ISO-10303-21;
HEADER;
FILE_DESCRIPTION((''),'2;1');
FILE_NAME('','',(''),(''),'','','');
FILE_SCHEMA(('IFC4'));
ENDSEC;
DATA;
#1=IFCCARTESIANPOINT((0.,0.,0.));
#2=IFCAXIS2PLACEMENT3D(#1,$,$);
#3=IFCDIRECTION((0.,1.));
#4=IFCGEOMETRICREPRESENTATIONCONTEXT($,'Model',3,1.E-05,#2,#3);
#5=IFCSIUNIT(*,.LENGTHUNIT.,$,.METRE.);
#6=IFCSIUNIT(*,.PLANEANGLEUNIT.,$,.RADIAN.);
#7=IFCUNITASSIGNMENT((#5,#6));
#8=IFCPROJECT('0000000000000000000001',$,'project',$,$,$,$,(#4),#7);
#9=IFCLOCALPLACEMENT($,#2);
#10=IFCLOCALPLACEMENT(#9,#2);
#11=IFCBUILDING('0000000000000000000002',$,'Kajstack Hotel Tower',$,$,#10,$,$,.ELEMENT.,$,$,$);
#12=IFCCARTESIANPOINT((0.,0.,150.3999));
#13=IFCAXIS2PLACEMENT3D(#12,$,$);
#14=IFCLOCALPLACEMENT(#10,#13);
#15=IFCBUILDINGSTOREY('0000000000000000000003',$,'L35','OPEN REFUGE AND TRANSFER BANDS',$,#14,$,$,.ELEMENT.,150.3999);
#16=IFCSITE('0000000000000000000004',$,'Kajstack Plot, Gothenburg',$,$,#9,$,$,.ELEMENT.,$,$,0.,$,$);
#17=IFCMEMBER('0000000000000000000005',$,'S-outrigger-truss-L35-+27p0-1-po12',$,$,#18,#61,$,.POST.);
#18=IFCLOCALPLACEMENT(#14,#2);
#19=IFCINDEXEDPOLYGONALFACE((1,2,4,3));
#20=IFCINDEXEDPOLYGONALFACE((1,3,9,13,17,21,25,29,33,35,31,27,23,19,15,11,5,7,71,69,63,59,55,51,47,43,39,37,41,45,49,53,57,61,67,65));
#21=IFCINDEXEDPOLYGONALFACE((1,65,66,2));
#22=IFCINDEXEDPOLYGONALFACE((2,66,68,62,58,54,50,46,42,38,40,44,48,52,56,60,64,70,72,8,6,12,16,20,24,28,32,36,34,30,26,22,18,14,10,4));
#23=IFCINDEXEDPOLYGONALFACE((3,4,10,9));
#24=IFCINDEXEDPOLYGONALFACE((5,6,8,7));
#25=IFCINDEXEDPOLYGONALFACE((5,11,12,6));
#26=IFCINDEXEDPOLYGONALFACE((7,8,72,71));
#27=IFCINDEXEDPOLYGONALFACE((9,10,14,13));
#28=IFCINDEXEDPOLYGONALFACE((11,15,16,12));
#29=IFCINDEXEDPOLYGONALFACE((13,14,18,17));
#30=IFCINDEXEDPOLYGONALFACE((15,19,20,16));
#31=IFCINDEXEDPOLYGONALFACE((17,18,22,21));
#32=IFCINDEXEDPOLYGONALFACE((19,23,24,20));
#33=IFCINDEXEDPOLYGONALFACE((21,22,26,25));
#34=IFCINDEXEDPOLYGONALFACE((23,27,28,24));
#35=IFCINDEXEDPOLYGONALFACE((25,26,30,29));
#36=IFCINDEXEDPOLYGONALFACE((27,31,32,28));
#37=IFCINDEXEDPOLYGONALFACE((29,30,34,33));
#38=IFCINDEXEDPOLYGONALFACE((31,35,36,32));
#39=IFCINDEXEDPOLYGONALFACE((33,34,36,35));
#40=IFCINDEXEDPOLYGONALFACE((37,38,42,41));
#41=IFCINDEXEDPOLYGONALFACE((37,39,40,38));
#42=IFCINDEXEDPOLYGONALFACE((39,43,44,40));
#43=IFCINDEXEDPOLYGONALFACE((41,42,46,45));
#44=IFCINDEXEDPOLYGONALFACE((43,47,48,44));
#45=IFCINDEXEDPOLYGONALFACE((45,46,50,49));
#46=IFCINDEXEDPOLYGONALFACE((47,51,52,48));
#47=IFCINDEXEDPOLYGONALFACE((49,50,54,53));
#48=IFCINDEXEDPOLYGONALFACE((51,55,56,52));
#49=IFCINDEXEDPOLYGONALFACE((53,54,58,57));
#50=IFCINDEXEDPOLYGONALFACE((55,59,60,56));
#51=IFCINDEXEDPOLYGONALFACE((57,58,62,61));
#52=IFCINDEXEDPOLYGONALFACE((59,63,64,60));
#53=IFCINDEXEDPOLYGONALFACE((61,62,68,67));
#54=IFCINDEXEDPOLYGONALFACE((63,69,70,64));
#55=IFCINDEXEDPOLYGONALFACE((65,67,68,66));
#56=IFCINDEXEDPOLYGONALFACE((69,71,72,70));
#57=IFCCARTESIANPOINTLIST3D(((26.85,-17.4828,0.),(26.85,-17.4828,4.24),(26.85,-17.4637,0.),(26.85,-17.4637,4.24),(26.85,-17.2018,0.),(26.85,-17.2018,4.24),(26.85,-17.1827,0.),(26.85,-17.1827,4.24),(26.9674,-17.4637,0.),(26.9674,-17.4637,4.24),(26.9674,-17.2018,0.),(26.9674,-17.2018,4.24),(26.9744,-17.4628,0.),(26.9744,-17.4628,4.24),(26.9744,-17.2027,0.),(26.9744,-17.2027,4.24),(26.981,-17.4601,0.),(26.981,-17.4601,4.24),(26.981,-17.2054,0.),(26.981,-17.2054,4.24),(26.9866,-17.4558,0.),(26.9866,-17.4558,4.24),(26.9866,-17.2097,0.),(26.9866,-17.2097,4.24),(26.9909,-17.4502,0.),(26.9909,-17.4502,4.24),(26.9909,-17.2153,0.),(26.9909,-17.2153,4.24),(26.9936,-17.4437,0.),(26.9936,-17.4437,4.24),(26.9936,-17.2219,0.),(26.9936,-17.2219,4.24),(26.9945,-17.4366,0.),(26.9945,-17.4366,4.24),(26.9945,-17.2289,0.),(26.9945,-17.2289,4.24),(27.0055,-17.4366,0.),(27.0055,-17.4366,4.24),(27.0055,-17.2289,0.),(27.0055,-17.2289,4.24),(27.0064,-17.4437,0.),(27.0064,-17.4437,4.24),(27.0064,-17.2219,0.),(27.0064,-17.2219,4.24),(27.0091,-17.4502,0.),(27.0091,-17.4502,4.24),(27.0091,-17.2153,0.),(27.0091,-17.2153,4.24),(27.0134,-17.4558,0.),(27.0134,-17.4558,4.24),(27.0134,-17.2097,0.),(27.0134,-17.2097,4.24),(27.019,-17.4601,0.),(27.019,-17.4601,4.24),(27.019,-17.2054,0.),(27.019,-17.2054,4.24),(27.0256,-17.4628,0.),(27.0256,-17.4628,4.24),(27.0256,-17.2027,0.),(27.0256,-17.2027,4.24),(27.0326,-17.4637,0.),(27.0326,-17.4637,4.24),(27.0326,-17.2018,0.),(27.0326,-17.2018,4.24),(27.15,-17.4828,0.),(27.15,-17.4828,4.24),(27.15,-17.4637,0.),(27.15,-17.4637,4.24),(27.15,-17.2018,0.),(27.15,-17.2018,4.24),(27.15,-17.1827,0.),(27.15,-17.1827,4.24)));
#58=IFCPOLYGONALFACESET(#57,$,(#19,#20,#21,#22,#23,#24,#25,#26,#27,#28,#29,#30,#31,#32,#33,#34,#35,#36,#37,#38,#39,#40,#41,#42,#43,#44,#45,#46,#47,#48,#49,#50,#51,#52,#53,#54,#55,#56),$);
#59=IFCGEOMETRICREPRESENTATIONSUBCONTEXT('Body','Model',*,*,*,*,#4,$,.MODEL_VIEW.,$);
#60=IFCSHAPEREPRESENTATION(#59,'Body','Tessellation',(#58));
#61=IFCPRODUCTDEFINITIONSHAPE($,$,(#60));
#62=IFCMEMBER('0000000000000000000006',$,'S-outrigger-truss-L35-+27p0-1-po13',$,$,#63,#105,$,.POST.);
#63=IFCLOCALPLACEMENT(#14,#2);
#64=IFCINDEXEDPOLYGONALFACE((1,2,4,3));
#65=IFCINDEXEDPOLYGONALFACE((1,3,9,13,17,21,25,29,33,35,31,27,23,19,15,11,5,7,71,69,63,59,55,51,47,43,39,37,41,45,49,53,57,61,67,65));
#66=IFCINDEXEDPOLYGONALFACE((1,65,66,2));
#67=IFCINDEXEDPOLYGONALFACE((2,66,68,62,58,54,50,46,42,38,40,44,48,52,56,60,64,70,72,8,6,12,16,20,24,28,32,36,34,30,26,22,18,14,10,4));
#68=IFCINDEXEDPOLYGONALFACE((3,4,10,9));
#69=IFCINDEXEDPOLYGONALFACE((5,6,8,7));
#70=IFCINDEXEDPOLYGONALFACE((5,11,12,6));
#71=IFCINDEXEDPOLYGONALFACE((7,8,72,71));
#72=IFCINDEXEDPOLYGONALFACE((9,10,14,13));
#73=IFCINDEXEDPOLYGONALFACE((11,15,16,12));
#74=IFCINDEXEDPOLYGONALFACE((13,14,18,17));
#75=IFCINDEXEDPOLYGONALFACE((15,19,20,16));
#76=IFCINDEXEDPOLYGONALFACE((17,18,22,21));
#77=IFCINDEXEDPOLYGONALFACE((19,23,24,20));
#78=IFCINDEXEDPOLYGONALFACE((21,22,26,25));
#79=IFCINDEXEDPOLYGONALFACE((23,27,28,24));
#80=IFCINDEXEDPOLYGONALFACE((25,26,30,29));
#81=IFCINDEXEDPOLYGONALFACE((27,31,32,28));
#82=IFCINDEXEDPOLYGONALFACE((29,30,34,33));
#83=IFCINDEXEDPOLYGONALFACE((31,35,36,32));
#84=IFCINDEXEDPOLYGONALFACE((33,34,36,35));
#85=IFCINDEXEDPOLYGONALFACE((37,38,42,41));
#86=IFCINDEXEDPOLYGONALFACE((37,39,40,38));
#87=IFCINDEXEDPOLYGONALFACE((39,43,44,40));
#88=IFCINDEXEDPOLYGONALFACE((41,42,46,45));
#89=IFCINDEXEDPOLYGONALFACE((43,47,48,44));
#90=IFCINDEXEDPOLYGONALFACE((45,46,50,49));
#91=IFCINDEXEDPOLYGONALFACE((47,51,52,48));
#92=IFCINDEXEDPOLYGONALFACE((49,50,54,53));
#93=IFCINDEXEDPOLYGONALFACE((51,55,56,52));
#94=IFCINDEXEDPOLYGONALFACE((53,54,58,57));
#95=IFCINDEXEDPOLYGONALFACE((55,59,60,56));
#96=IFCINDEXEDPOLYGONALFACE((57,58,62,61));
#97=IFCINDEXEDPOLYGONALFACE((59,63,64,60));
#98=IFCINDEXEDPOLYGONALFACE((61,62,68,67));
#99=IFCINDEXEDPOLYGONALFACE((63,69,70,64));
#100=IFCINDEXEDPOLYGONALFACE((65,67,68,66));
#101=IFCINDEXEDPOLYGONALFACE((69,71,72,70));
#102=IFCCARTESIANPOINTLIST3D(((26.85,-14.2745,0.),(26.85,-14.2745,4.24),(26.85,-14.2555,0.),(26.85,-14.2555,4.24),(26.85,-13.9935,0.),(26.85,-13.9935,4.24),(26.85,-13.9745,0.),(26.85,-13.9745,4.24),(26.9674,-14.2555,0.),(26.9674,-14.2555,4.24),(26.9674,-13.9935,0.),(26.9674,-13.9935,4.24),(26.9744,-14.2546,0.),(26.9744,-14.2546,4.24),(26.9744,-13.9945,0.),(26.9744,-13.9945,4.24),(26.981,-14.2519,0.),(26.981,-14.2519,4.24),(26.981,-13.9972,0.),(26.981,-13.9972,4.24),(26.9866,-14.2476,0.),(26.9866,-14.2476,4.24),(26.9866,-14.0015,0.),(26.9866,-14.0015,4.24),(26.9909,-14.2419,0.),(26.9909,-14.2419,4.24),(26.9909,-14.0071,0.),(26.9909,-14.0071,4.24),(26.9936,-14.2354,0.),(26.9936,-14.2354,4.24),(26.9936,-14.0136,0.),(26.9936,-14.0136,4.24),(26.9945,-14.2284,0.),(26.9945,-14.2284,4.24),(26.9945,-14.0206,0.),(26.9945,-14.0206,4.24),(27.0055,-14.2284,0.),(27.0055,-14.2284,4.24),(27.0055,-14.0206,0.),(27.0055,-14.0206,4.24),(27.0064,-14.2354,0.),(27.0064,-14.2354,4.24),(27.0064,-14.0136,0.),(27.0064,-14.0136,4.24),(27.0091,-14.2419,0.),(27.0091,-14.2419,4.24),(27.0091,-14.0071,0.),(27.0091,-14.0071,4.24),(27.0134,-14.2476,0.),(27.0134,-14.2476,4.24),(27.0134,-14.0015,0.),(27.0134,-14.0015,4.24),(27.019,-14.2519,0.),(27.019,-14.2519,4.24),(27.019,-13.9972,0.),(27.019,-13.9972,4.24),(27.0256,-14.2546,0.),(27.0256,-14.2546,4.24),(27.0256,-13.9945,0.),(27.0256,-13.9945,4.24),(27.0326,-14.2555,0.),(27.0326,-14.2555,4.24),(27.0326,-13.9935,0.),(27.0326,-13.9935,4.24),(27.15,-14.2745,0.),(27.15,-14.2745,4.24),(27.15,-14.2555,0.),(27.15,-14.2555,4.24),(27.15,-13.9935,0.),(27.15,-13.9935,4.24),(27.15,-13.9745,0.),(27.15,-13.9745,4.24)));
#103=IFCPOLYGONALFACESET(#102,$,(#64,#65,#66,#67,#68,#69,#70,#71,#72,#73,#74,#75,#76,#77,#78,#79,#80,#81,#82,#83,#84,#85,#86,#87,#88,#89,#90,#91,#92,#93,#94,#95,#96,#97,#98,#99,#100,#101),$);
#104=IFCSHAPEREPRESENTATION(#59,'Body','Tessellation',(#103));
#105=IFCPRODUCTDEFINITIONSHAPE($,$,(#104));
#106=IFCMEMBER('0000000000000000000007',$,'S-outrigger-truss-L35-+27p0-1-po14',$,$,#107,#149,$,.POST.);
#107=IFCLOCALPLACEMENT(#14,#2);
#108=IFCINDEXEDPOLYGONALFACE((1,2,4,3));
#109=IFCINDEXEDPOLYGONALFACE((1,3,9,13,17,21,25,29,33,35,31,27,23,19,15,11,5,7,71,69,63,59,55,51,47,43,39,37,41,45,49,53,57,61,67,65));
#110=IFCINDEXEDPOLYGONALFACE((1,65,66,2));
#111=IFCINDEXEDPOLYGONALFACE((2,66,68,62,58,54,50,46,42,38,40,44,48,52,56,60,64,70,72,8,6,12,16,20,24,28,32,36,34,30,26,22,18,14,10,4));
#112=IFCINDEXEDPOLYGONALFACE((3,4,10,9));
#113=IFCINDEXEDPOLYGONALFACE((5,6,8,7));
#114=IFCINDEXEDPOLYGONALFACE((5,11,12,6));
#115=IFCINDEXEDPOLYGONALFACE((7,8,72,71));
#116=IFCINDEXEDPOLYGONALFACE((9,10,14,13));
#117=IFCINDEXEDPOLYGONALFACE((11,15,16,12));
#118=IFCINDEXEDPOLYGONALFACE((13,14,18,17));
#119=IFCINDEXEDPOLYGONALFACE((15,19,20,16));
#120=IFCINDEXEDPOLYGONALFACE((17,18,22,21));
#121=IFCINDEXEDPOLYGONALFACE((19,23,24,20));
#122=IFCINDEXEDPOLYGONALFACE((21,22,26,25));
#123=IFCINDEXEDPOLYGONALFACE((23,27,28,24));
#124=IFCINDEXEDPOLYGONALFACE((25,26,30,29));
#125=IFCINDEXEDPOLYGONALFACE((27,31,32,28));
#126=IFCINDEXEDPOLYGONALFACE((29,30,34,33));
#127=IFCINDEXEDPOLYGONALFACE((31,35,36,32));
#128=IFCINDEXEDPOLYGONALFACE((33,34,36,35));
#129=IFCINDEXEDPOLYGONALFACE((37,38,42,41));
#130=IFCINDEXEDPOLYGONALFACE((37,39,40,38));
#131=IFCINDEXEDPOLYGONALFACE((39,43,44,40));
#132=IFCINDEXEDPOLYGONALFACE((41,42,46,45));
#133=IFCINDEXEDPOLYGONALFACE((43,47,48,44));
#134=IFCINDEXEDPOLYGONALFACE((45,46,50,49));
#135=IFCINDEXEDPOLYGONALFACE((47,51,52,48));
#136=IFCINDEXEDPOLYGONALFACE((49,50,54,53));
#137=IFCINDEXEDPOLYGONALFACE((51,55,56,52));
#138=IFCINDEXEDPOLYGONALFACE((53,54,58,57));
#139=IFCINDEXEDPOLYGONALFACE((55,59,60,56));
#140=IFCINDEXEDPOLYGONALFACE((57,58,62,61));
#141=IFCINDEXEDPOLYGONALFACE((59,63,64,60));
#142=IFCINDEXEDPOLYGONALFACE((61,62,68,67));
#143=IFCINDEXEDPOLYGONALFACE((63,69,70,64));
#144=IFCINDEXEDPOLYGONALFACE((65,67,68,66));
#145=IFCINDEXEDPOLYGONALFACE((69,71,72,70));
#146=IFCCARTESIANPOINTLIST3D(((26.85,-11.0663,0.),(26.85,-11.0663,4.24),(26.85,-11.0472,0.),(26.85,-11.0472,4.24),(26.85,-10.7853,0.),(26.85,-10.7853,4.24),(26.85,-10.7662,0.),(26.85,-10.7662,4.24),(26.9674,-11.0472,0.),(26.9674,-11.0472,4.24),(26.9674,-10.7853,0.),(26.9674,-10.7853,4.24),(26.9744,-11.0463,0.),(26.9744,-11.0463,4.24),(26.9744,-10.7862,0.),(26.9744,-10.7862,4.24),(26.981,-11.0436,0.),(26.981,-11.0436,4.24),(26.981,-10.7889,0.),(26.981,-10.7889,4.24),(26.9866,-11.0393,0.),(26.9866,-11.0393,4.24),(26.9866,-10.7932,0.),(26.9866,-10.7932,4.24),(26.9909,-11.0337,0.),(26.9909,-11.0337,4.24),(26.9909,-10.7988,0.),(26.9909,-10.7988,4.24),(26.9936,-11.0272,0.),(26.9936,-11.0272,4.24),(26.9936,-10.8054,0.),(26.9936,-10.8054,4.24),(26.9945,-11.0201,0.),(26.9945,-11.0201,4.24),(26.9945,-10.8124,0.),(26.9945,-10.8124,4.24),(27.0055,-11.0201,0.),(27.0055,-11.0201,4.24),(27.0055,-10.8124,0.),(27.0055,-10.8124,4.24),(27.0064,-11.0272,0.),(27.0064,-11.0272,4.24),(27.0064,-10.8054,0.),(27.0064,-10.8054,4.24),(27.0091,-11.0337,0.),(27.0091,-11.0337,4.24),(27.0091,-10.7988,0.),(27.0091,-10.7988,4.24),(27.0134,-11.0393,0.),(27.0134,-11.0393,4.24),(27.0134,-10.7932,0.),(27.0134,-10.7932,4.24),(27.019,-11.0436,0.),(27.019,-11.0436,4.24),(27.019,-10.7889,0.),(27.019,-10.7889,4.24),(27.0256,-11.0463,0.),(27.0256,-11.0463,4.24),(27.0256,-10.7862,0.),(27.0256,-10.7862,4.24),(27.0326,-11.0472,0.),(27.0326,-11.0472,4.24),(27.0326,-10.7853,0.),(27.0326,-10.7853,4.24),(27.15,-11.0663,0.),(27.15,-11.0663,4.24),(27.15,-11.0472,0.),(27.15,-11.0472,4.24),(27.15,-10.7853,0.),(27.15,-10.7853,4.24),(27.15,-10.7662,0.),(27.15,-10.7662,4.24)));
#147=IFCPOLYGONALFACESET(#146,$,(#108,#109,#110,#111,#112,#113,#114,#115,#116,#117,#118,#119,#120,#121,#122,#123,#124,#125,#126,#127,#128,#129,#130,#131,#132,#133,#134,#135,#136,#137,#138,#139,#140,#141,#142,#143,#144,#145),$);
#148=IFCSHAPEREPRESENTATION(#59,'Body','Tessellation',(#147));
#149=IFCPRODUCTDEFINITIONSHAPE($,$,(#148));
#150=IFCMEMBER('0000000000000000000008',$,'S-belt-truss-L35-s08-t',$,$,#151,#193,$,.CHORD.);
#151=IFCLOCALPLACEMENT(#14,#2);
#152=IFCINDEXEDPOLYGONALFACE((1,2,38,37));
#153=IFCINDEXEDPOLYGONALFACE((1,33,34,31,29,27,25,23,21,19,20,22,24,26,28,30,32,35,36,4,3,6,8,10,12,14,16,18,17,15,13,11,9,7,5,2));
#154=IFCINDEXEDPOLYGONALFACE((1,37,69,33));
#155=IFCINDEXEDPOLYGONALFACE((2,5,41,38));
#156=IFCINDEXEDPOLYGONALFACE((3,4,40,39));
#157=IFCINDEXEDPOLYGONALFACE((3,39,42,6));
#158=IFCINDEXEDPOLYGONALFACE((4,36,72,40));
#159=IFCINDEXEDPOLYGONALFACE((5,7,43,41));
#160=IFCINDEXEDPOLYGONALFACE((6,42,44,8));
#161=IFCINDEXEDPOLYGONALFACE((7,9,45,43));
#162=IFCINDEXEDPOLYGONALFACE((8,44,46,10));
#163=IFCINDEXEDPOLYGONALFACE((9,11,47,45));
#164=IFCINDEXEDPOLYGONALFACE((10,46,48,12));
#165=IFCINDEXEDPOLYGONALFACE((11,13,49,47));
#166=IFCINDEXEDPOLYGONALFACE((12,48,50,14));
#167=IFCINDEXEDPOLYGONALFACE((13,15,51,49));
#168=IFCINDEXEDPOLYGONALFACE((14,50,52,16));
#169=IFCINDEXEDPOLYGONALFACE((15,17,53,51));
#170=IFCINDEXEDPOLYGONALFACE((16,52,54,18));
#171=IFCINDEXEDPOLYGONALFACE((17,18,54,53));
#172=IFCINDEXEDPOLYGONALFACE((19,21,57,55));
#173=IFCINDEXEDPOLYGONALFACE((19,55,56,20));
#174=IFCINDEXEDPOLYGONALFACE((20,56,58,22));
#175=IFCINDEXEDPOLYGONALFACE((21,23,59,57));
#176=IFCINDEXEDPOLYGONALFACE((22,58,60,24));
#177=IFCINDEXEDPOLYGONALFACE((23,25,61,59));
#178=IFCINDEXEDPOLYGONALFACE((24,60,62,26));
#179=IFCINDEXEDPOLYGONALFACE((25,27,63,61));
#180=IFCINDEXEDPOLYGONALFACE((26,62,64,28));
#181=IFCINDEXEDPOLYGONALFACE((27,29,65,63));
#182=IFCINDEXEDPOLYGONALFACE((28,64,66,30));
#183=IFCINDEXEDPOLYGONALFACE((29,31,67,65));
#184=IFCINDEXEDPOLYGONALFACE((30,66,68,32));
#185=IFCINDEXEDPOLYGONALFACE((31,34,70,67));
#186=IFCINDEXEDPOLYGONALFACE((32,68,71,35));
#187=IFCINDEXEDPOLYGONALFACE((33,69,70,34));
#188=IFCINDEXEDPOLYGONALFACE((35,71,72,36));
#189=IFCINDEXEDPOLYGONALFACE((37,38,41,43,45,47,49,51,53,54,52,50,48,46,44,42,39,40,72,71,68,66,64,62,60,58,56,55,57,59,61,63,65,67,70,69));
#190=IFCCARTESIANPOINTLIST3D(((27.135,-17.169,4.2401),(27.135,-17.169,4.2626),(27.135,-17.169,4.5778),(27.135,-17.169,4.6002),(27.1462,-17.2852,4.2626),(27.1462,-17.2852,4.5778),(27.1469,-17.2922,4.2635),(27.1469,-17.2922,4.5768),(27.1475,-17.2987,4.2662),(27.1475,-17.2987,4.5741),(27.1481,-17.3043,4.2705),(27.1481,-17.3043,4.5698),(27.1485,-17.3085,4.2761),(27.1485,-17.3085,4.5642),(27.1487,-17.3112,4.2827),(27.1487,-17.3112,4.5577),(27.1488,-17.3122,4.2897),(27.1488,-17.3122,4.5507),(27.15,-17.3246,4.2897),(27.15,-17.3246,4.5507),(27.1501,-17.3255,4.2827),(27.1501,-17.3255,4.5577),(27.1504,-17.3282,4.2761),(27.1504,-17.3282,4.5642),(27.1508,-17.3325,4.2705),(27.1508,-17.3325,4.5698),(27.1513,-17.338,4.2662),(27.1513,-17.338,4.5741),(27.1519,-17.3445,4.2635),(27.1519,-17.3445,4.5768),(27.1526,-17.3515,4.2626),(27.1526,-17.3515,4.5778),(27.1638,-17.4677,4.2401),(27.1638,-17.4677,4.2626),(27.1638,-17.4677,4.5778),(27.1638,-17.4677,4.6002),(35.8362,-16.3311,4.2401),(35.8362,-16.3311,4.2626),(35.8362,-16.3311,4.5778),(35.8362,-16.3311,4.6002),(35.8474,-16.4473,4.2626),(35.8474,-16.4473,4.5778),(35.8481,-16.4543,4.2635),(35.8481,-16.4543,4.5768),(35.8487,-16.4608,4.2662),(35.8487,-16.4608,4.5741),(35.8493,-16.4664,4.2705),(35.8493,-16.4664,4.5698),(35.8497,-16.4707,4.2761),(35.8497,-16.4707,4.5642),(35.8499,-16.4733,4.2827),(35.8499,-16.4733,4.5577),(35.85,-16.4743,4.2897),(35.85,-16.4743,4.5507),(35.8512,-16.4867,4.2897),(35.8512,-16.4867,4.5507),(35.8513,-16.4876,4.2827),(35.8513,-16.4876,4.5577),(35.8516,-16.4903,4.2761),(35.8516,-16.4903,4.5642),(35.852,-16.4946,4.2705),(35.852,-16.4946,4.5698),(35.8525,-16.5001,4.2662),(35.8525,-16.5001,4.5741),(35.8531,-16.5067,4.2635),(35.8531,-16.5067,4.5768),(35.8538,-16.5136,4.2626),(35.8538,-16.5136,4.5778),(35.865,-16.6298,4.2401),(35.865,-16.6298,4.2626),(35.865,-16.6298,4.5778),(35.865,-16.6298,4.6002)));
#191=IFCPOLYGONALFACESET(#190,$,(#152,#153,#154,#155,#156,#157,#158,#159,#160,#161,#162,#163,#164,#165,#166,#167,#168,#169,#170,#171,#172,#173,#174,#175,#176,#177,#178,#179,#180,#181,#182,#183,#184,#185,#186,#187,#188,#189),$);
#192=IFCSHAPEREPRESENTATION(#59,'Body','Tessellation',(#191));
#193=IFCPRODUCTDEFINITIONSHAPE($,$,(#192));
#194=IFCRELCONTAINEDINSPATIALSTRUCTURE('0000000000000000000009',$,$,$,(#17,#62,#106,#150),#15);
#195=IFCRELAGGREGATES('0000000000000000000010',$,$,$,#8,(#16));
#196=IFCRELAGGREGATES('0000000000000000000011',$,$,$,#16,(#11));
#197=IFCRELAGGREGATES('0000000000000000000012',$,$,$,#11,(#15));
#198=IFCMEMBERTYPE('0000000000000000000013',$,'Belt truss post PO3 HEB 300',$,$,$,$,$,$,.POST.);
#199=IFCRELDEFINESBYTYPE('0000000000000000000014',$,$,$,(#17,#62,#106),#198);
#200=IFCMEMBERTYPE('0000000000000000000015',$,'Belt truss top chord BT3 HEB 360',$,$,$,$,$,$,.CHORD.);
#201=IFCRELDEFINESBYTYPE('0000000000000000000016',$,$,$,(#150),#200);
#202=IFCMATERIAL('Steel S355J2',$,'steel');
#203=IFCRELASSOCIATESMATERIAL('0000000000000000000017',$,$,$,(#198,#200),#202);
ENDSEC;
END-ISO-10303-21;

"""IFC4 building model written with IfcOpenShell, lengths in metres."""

from ifc_helpers import new_model, si_unit, direction, frame, origin, origin_2d, place, context, subcontext, project, spatial, i_section, extrude, material, material_profile, profile_set, type_object, element, save


model = new_model("IFC4")

# Units and contexts
model_context = context("Model", 3, precision=1e-05, world=origin(), true_north=direction((0.0, 1.0)))
body_context = subcontext(model_context, "Body", "Model", "MODEL_VIEW")
ifc_project = project(units=[si_unit("LENGTHUNIT", "METRE"), si_unit("PLANEANGLEUNIT", "RADIAN")], contexts=[model_context])

# Site, building, storey
site_placement = place(None, origin())
site = spatial("IfcSite", under=ifc_project, at=site_placement, Name="Kajstack Plot, Gothenburg", CompositionType="ELEMENT", RefElevation=0.0)
building_placement = place(site_placement, origin())
building = spatial("IfcBuilding", under=site, at=building_placement, Name="Kajstack Hotel Tower", CompositionType="ELEMENT")
storey_placement = place(building_placement, frame((0.0, 0.0, 150.3999)))
storey = spatial("IfcBuildingStorey", under=building, at=storey_placement, Name="L35", Description="OPEN REFUGE AND TRANSFER BANDS", CompositionType="ELEMENT", Elevation=150.3999)

# Members
ifc_material_1 = material(Name="Steel S355J2", Category="steel")
ifc_material_profile_1 = material_profile(ifc_material_1, i_section(OverallWidth=0.3, OverallDepth=0.3, WebThickness=0.011, FlangeThickness=0.019, FilletRadius=0.0271, at=origin_2d()), Name="HEB 300")
ifc_profile_set_1 = profile_set([ifc_material_profile_1], Name="Steel S355J2")
member_type_1 = type_object("IfcMemberType", Name="Belt truss post PO3 HEB 300", PredefinedType="POST", material=ifc_profile_set_1)
for number, where, z_axis, x_axis, name in (
    (1, (27.0, -17.3328, 0.0), (0.0, 0.0, 1.0), (1.0, 0.0, 0.0), "S-outrigger-truss-L35-+27p0-1-po12"),
    (2, (27.0, -14.1245, 0.0), (0.0, 0.0, 1.0), (1.0, 0.0, 0.0), "S-outrigger-truss-L35-+27p0-1-po13"),
    (3, (27.0, -10.9163, 0.0), (0.0, 0.0, 1.0), (1.0, 0.0, 0.0), "S-outrigger-truss-L35-+27p0-1-po14"),
):
    element("IfcMember", number, at=place(storey_placement, frame(where, z_axis=z_axis, x_axis=x_axis)), inside=storey, type_object=member_type_1, Name=name, PredefinedType="POST", context=body_context, shape_type="SweptSolid", body=[
        extrude(i_section(OverallWidth=0.3, OverallDepth=0.3, WebThickness=0.011, FlangeThickness=0.019, FilletRadius=0.0271, at=origin_2d()), origin(), (0.0, 0.0, 1.0), 4.24),
    ])
ifc_material_profile_2 = material_profile(ifc_material_1, i_section(OverallWidth=0.3, OverallDepth=0.3601, WebThickness=0.0125, FlangeThickness=0.0225, FilletRadius=0.0271, at=origin_2d()), Name="HEB 360")
ifc_profile_set_2 = profile_set([ifc_material_profile_2], Name="Steel S355J2")
member_type_2 = type_object("IfcMemberType", Name="Belt truss top chord BT3 HEB 360", PredefinedType="CHORD", material=ifc_profile_set_2)
member_1_placement = place(storey_placement, frame((27.1494, -17.3184, 4.4202), z_axis=(0.995396, 0.095853, 0.0), x_axis=(-0.095853, 0.995396, 0.0)))
element("IfcMember", 4, at=member_1_placement, inside=storey, type_object=member_type_2, Name="S-belt-truss-L35-s08-t", PredefinedType="CHORD", context=body_context, shape_type="SweptSolid", body=[
    extrude(i_section(OverallWidth=0.3, OverallDepth=0.3601, WebThickness=0.0125, FlangeThickness=0.0225, FilletRadius=0.0271, at=origin_2d()), origin(), (0.0, 0.0, 1.0), 8.7415),
])

save(model, "model.ifc")
